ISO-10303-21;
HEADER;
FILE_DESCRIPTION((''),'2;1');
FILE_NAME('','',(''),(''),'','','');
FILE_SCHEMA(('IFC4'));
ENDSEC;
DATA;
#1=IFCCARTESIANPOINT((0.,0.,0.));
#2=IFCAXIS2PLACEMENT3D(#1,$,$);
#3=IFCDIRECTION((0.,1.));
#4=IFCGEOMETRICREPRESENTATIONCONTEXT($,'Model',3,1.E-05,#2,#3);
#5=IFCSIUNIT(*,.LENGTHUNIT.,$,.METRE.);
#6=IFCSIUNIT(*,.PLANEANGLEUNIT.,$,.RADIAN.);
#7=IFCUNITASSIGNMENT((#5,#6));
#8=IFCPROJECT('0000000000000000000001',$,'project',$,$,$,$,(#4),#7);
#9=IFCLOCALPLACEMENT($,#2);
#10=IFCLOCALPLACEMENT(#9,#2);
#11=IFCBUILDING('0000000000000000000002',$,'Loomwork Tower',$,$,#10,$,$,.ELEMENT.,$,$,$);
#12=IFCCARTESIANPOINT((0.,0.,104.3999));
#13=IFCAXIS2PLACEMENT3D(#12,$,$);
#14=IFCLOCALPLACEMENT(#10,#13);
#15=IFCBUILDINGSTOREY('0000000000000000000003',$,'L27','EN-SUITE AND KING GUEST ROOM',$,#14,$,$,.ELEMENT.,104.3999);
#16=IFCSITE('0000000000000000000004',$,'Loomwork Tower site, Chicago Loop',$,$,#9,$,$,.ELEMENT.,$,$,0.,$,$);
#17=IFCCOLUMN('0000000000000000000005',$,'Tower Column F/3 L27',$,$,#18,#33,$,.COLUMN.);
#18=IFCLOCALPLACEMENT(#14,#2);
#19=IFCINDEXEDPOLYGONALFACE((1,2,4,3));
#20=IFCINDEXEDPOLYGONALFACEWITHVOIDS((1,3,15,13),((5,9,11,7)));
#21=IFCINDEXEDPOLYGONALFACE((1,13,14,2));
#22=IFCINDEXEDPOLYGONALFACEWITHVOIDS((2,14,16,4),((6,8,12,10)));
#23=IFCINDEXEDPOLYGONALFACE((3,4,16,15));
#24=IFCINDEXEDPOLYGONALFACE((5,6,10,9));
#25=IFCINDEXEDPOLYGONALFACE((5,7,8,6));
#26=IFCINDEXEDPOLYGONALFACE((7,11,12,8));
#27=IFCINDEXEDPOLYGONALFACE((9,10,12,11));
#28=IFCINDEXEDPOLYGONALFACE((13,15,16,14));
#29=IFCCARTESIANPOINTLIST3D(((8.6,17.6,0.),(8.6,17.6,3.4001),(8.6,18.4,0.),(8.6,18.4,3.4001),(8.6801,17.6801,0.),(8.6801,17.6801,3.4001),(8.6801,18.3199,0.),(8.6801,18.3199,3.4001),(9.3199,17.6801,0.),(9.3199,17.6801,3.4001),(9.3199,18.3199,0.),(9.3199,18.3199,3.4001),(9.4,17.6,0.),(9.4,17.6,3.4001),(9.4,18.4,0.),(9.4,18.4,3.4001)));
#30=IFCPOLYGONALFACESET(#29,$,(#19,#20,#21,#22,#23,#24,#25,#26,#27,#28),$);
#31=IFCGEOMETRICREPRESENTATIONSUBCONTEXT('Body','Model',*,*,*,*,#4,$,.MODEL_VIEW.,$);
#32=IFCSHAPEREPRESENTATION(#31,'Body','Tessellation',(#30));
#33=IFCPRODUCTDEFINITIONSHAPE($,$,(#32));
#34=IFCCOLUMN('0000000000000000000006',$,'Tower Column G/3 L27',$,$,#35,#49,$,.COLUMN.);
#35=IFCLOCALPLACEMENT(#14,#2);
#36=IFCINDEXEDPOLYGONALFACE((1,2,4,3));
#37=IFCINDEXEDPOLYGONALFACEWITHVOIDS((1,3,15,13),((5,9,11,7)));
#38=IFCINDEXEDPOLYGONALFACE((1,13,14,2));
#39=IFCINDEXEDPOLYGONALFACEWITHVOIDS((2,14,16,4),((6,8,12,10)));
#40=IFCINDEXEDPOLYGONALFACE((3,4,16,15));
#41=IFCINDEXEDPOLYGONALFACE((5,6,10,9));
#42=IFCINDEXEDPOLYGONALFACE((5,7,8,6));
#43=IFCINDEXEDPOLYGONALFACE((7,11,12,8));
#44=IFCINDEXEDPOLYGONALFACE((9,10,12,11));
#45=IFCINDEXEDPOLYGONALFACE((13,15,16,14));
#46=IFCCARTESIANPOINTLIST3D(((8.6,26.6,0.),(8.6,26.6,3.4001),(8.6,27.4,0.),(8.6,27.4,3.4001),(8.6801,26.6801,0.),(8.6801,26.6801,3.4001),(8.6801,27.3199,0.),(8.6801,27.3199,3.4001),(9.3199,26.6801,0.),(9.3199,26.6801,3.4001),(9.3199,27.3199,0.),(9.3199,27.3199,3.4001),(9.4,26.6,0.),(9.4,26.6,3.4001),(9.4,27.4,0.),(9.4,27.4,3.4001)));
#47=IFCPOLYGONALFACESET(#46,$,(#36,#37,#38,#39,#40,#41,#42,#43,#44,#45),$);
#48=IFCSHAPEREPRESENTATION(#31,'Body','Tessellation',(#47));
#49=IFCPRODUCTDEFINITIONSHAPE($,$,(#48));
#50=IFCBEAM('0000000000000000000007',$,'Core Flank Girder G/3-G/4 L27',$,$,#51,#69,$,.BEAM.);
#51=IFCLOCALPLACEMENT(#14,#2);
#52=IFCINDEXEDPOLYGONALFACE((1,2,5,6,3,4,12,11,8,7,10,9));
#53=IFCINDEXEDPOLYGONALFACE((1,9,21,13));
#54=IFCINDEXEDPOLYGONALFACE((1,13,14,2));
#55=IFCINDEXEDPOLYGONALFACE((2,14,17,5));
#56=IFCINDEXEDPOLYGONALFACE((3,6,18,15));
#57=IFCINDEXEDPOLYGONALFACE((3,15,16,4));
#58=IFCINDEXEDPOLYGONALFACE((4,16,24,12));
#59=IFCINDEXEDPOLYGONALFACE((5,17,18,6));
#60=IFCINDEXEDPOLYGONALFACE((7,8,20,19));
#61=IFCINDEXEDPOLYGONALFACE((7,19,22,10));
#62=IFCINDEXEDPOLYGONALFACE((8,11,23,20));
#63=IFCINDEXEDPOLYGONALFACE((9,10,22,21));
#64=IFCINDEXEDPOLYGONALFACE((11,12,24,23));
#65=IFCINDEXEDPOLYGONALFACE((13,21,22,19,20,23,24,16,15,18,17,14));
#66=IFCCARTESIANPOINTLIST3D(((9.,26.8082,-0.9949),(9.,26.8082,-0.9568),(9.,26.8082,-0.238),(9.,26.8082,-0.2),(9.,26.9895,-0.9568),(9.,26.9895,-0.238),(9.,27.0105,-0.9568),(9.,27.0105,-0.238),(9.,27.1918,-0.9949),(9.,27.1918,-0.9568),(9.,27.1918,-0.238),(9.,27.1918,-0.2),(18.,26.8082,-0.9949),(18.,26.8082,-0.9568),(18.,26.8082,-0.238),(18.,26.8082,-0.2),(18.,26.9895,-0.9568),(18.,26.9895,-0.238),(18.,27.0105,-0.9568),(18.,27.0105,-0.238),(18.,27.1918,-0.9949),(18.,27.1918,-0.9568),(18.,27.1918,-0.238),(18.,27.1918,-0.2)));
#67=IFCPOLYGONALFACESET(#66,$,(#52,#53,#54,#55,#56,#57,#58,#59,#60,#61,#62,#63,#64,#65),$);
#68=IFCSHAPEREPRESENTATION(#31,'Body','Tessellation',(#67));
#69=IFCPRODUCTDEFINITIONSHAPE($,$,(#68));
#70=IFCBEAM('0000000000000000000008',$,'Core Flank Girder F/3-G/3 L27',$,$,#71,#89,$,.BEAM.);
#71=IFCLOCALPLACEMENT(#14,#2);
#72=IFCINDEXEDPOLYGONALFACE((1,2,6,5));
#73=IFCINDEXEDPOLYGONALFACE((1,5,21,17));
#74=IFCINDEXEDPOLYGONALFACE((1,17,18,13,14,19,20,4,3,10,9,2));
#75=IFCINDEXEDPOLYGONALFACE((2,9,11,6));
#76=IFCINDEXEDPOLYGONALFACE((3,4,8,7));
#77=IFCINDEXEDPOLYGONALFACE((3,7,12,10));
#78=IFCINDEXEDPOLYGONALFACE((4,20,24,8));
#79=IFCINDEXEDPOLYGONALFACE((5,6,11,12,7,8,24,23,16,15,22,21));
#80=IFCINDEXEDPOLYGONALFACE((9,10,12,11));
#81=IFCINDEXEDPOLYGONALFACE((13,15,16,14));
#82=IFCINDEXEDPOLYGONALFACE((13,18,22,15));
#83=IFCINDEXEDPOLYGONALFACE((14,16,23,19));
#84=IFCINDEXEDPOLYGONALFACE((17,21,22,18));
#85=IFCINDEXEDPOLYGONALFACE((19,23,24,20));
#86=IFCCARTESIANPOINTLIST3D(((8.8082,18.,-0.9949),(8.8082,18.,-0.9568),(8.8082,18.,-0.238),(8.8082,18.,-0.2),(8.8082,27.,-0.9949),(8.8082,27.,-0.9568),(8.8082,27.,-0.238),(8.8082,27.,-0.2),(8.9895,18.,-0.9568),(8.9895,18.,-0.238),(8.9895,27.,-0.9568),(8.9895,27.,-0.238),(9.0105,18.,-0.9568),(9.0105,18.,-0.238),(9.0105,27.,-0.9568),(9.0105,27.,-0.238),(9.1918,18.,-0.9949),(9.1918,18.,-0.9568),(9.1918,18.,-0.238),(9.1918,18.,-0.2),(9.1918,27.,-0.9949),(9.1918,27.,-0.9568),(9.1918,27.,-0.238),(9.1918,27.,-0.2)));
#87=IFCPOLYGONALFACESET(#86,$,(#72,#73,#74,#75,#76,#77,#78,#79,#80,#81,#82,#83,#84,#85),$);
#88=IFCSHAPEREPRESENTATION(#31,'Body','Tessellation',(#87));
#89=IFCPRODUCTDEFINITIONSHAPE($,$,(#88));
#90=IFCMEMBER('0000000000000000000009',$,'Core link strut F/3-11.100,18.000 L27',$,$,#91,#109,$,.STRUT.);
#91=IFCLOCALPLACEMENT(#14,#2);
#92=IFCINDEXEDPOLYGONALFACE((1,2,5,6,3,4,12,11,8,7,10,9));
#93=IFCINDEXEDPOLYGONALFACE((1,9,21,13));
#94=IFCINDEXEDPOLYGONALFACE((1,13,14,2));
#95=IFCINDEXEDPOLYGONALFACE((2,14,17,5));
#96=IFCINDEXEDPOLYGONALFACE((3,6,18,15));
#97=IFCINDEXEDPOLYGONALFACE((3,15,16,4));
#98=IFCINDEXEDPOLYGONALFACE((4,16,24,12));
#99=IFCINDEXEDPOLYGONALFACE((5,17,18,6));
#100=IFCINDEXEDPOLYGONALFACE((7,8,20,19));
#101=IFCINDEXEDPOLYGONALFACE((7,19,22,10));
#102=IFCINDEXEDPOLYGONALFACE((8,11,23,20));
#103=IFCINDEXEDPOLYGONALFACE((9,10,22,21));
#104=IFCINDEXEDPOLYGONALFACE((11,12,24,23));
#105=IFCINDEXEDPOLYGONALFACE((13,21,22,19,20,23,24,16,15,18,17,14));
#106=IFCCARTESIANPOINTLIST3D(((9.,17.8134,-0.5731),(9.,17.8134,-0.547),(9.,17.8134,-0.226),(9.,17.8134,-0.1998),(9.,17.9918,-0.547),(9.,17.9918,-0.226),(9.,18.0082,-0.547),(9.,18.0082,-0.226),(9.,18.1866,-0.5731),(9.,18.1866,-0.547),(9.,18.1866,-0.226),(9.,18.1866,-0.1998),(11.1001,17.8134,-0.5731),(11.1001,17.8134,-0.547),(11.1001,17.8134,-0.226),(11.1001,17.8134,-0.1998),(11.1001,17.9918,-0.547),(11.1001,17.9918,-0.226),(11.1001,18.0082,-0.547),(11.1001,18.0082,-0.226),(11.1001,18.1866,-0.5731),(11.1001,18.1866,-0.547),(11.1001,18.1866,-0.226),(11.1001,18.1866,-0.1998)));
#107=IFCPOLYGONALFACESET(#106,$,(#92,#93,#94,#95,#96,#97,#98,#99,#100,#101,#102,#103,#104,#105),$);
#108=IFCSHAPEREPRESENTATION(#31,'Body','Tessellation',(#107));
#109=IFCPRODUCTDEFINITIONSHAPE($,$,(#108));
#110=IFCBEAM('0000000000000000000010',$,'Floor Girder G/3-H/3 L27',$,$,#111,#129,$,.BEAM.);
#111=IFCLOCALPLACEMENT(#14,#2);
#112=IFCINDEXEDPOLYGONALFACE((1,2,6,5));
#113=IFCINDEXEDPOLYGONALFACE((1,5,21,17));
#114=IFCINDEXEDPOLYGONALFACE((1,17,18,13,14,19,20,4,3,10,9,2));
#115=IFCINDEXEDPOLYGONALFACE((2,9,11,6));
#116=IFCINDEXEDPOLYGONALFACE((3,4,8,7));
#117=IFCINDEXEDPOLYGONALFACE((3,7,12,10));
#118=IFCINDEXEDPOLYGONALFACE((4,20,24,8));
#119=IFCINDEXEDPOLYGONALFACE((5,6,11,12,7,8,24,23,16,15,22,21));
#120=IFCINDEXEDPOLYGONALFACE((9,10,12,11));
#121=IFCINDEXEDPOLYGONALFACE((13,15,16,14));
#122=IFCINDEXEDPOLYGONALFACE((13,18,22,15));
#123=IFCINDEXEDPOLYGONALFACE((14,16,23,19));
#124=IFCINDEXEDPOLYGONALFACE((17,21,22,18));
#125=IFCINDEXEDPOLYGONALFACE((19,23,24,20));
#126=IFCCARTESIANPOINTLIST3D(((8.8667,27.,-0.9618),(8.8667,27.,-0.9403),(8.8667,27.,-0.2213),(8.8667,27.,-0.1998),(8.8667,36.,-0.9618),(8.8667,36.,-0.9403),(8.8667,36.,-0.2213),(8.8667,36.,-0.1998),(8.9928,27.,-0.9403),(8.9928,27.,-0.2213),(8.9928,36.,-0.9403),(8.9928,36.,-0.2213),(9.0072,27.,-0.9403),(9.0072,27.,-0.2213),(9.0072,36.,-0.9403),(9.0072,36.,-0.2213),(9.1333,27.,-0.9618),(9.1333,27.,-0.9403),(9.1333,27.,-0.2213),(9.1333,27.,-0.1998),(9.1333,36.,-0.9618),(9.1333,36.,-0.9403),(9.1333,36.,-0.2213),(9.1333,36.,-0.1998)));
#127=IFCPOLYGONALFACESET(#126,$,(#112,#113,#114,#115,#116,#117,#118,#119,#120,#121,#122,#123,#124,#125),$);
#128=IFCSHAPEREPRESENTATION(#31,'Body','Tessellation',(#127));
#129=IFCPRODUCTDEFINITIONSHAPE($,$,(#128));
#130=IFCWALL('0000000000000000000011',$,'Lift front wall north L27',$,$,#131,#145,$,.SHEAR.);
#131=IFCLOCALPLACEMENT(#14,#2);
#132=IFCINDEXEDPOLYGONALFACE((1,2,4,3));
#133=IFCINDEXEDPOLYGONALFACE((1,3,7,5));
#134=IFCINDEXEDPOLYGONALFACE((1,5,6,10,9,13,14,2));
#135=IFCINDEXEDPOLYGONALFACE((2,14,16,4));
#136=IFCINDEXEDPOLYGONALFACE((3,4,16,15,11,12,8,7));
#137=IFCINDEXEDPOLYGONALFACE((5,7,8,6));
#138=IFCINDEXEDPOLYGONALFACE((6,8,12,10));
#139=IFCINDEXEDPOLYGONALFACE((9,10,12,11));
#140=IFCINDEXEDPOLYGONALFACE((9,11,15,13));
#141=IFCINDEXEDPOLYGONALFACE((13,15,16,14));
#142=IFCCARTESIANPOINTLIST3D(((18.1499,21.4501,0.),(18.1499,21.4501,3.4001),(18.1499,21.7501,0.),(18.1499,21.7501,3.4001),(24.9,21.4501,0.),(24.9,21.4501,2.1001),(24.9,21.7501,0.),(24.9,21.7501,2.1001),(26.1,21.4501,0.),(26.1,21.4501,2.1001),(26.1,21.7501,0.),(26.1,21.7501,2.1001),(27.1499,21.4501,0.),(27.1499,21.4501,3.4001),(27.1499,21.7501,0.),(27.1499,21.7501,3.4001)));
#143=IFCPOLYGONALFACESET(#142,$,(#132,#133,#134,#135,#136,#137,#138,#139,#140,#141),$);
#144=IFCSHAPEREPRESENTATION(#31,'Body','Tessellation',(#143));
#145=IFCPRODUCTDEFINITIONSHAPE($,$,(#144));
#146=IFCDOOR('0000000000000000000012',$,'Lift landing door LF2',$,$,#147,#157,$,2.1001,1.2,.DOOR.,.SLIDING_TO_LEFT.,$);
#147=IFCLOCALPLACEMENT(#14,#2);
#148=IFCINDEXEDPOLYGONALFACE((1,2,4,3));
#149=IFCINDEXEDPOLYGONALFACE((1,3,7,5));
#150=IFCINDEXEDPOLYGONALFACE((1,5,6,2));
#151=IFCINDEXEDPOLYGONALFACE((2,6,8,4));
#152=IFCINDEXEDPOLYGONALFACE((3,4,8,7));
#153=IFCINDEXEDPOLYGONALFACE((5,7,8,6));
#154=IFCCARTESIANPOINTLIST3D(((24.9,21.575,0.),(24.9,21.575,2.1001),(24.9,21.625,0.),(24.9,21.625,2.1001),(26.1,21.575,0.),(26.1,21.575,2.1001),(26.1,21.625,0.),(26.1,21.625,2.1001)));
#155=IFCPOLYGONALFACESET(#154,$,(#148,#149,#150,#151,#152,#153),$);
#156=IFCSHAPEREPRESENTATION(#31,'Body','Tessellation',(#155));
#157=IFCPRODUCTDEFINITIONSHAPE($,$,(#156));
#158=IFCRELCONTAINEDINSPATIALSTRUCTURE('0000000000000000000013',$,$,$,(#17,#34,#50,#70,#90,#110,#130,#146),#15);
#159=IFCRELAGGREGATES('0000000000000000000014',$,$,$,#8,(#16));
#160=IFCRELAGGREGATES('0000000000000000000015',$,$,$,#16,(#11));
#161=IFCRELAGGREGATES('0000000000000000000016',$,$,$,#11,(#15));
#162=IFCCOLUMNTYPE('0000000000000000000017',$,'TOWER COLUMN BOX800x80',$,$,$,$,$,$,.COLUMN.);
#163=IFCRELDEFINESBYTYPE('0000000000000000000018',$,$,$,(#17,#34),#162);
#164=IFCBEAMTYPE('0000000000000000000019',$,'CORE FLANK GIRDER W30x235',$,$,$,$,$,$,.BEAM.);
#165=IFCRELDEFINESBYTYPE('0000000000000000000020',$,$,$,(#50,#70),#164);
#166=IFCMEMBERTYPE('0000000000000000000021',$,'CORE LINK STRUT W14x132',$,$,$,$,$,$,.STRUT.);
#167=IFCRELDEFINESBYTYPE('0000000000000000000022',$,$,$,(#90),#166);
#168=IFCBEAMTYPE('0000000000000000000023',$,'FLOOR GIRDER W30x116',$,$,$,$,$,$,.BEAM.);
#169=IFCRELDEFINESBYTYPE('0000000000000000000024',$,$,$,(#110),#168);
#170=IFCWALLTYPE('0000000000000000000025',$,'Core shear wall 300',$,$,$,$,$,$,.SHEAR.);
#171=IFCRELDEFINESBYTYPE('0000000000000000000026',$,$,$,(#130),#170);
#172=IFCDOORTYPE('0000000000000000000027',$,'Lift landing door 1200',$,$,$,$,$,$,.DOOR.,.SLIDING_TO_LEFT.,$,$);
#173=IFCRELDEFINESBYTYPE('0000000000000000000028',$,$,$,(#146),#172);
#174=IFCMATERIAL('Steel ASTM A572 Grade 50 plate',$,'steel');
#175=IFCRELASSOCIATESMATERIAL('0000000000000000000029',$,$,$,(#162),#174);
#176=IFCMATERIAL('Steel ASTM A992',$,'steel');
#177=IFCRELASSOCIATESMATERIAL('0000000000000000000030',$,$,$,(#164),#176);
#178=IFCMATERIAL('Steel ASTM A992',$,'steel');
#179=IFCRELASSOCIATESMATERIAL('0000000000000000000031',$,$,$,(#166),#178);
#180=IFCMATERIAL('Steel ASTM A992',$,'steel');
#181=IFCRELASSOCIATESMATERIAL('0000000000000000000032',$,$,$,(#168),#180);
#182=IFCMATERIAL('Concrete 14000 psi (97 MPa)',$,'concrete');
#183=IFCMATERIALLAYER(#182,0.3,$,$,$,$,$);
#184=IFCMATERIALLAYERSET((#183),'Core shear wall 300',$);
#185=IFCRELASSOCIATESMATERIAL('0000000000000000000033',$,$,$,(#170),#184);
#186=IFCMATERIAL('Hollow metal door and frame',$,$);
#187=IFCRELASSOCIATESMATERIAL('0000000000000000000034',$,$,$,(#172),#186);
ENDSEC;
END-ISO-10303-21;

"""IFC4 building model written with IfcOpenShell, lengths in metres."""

from ifc_helpers import new_model, si_unit, direction, frame, frame_2d, origin, origin_2d, place, context, subcontext, project, spatial, rectangle, hollow_rectangle, i_section, extrude, material, layer, layer_set, material_profile, profile_set, type_object, element, fill, save


model = new_model("IFC4")

# Units and contexts
model_context = context("Model", 3, precision=1e-05, world=origin(), true_north=direction((0.0, 1.0)))
body_context = subcontext(model_context, "Body", "Model", "MODEL_VIEW")
ifc_project = project(units=[si_unit("LENGTHUNIT", "METRE"), si_unit("PLANEANGLEUNIT", "RADIAN")], contexts=[model_context])

# Site, building, storey
site_placement = place(None, origin())
site = spatial("IfcSite", under=ifc_project, at=site_placement, Name="Loomwork Tower site, Chicago Loop", CompositionType="ELEMENT", RefElevation=0.0)
building_placement = place(site_placement, origin())
building = spatial("IfcBuilding", under=site, at=building_placement, Name="Loomwork Tower", CompositionType="ELEMENT")
storey_placement = place(building_placement, frame((0.0, 0.0, 104.3999)))
storey = spatial("IfcBuildingStorey", under=building, at=storey_placement, Name="L27", Description="EN-SUITE AND KING GUEST ROOM", CompositionType="ELEMENT", Elevation=104.3999)

# Columns
ifc_material_1 = material(Name="Steel ASTM A572 Grade 50 plate", Category="steel")
ifc_material_profile_1 = material_profile(ifc_material_1, hollow_rectangle(XDim=0.8, YDim=0.8, WallThickness=0.0801, at=origin_2d()), Name="BOX800x80")
ifc_profile_set_1 = profile_set([ifc_material_profile_1], Name="Steel ASTM A572 Grade 50 plate")
column_type = type_object("IfcColumnType", Name="TOWER COLUMN BOX800x80", PredefinedType="COLUMN", material=ifc_profile_set_1)
for number, where, z_axis, x_axis, name in (
    (1, (9.0, 18.0, 0.0), (0.0, 0.0, 1.0), (1.0, 0.0, 0.0), "Tower Column F/3 L27"),
    (2, (9.0, 27.0, 0.0), (0.0, 0.0, 1.0), (1.0, 0.0, 0.0), "Tower Column G/3 L27"),
):
    element("IfcColumn", number, at=place(storey_placement, frame(where, z_axis=z_axis, x_axis=x_axis)), inside=storey, type_object=column_type, Name=name, PredefinedType="COLUMN", context=body_context, shape_type="SweptSolid", body=[
        extrude(hollow_rectangle(XDim=0.8, YDim=0.8, WallThickness=0.0801, at=origin_2d()), origin(), (0.0, 0.0, 1.0), 3.4001),
    ])

# Beams
ifc_material_2 = material(Name="Steel ASTM A992", Category="steel")
ifc_material_profile_2 = material_profile(ifc_material_2, i_section(OverallWidth=0.3835, OverallDepth=0.7949, WebThickness=0.021, FlangeThickness=0.0381, at=origin_2d()), Name="W30x235")
ifc_profile_set_2 = profile_set([ifc_material_profile_2], Name="Steel ASTM A992")
beam_type_1 = type_object("IfcBeamType", Name="CORE FLANK GIRDER W30x235", PredefinedType="BEAM", material=ifc_profile_set_2)
for number, where, z_axis, x_axis, name in (
    (3, (9.0, 27.0, -0.5974), (1.0, 0.0, 0.0), (0.0, 1.0, 0.0), "Core Flank Girder G/3-G/4 L27"),
    (4, (9.0, 18.0, -0.5974), (0.0, 1.0, 0.0), (-1.0, 0.0, 0.0), "Core Flank Girder F/3-G/3 L27"),
):
    element("IfcBeam", number, at=place(storey_placement, frame(where, z_axis=z_axis, x_axis=x_axis)), inside=storey, type_object=beam_type_1, Name=name, PredefinedType="BEAM", context=body_context, shape_type="SweptSolid", body=[
        extrude(i_section(OverallWidth=0.3835, OverallDepth=0.7949, WebThickness=0.021, FlangeThickness=0.0381, at=origin_2d()), origin(), (0.0, 0.0, 1.0), 9.0),
    ])

# Member
ifc_material_3 = material(Name="Steel ASTM A992", Category="steel")
ifc_material_profile_3 = material_profile(ifc_material_3, i_section(OverallWidth=0.3733, OverallDepth=0.3733, WebThickness=0.0164, FlangeThickness=0.0261, at=origin_2d()), Name="W14x132")
ifc_profile_set_3 = profile_set([ifc_material_profile_3], Name="Steel ASTM A992")
member_type = type_object("IfcMemberType", Name="CORE LINK STRUT W14x132", PredefinedType="STRUT", material=ifc_profile_set_3)
member_placement = place(storey_placement, frame((9.0, 18.0, -0.3865), z_axis=(1.0, 0.0, 0.0), x_axis=(0.0, 1.0, 0.0)))
element("IfcMember", 5, at=member_placement, inside=storey, type_object=member_type, Name="Core link strut F/3-11.100,18.000 L27", PredefinedType="STRUT", context=body_context, shape_type="SweptSolid", body=[
    extrude(i_section(OverallWidth=0.3733, OverallDepth=0.3733, WebThickness=0.0164, FlangeThickness=0.0261, at=origin_2d()), origin(), (0.0, 0.0, 1.0), 2.1001),
])

# Beam
ifc_material_4 = material(Name="Steel ASTM A992", Category="steel")
ifc_material_profile_4 = material_profile(ifc_material_4, i_section(OverallWidth=0.2666, OverallDepth=0.762, WebThickness=0.0144, FlangeThickness=0.0215, at=origin_2d()), Name="W30x116")
ifc_profile_set_4 = profile_set([ifc_material_profile_4], Name="Steel ASTM A992")
beam_type_2 = type_object("IfcBeamType", Name="FLOOR GIRDER W30x116", PredefinedType="BEAM", material=ifc_profile_set_4)
beam_placement = place(storey_placement, frame((9.0, 27.0, -0.5808), z_axis=(0.0, 1.0, 0.0), x_axis=(-1.0, 0.0, 0.0)))
element("IfcBeam", 6, at=beam_placement, inside=storey, type_object=beam_type_2, Name="Floor Girder G/3-H/3 L27", PredefinedType="BEAM", context=body_context, shape_type="SweptSolid", body=[
    extrude(i_section(OverallWidth=0.2666, OverallDepth=0.762, WebThickness=0.0144, FlangeThickness=0.0215, at=origin_2d()), origin(), (0.0, 0.0, 1.0), 9.0),
])

# Wall, opening, door
ifc_material_5 = material(Name="Concrete 14000 psi (97 MPa)", Category="concrete")
ifc_layer_1 = layer(ifc_material_5, 0.3)
ifc_layer_set_1 = layer_set([ifc_layer_1], Name="Core shear wall 300")
wall_type_1 = type_object("IfcWallType", Name="Core shear wall 300", PredefinedType="SHEAR", material=ifc_layer_set_1)
wall_1_placement = place(storey_placement, frame((18.1499, 21.6001, 0.0), z_axis=(0.0, 0.0, 1.0), x_axis=(1.0, 0.0, 0.0)))
wall_1 = element("IfcWall", 7, at=wall_1_placement, inside=storey, type_object=wall_type_1, Name="Lift front wall north L27", PredefinedType="SHEAR", context=body_context, shape_type="SweptSolid", body=[
    extrude(rectangle(XDim=9.0, YDim=0.3, at=frame_2d((4.5, 0.0))), origin(), (0.0, 0.0, 1.0), 3.4001),
])
opening_1_placement = place(wall_1_placement, frame((6.75, 0.0, 0.0)))
opening_1 = element("IfcOpeningElement", 8, at=opening_1_placement, cuts=wall_1, PredefinedType="OPENING", context=body_context, shape_type="SweptSolid", body=[
    extrude(rectangle(XDim=1.2, YDim=2.1001, at=frame_2d((0.6001, 1.05))), frame((0.0, 0.1599, 0.0), z_axis=(0.0, -1.0, 0.0), x_axis=(1.0, 0.0, 0.0)), (0.0, 0.0, 1.0), 0.3201),
])
ifc_material_6 = material(Name="Hollow metal door and frame")
door_type_1 = type_object("IfcDoorType", Name="Lift landing door 1200", OperationType="SLIDING_TO_LEFT", PredefinedType="DOOR", material=ifc_material_6)
door_1_placement = place(opening_1_placement, origin())
door_1 = element("IfcDoor", 9, at=door_1_placement, inside=storey, type_object=door_type_1, Name="Lift landing door LF2", OperationType="SLIDING_TO_LEFT", OverallHeight=2.1001, OverallWidth=1.2, PredefinedType="DOOR", context=body_context, shape_type="SweptSolid", body=[
    extrude(rectangle(XDim=1.2, YDim=2.1001, at=frame_2d((0.6001, 1.05))), frame((0.0, 0.0249, 0.0), z_axis=(0.0, -1.0, 0.0), x_axis=(1.0, 0.0, 0.0)), (0.0, 0.0, 1.0), 0.05),
])
fill(opening_1, door_1)

save(model, "model.ifc")
